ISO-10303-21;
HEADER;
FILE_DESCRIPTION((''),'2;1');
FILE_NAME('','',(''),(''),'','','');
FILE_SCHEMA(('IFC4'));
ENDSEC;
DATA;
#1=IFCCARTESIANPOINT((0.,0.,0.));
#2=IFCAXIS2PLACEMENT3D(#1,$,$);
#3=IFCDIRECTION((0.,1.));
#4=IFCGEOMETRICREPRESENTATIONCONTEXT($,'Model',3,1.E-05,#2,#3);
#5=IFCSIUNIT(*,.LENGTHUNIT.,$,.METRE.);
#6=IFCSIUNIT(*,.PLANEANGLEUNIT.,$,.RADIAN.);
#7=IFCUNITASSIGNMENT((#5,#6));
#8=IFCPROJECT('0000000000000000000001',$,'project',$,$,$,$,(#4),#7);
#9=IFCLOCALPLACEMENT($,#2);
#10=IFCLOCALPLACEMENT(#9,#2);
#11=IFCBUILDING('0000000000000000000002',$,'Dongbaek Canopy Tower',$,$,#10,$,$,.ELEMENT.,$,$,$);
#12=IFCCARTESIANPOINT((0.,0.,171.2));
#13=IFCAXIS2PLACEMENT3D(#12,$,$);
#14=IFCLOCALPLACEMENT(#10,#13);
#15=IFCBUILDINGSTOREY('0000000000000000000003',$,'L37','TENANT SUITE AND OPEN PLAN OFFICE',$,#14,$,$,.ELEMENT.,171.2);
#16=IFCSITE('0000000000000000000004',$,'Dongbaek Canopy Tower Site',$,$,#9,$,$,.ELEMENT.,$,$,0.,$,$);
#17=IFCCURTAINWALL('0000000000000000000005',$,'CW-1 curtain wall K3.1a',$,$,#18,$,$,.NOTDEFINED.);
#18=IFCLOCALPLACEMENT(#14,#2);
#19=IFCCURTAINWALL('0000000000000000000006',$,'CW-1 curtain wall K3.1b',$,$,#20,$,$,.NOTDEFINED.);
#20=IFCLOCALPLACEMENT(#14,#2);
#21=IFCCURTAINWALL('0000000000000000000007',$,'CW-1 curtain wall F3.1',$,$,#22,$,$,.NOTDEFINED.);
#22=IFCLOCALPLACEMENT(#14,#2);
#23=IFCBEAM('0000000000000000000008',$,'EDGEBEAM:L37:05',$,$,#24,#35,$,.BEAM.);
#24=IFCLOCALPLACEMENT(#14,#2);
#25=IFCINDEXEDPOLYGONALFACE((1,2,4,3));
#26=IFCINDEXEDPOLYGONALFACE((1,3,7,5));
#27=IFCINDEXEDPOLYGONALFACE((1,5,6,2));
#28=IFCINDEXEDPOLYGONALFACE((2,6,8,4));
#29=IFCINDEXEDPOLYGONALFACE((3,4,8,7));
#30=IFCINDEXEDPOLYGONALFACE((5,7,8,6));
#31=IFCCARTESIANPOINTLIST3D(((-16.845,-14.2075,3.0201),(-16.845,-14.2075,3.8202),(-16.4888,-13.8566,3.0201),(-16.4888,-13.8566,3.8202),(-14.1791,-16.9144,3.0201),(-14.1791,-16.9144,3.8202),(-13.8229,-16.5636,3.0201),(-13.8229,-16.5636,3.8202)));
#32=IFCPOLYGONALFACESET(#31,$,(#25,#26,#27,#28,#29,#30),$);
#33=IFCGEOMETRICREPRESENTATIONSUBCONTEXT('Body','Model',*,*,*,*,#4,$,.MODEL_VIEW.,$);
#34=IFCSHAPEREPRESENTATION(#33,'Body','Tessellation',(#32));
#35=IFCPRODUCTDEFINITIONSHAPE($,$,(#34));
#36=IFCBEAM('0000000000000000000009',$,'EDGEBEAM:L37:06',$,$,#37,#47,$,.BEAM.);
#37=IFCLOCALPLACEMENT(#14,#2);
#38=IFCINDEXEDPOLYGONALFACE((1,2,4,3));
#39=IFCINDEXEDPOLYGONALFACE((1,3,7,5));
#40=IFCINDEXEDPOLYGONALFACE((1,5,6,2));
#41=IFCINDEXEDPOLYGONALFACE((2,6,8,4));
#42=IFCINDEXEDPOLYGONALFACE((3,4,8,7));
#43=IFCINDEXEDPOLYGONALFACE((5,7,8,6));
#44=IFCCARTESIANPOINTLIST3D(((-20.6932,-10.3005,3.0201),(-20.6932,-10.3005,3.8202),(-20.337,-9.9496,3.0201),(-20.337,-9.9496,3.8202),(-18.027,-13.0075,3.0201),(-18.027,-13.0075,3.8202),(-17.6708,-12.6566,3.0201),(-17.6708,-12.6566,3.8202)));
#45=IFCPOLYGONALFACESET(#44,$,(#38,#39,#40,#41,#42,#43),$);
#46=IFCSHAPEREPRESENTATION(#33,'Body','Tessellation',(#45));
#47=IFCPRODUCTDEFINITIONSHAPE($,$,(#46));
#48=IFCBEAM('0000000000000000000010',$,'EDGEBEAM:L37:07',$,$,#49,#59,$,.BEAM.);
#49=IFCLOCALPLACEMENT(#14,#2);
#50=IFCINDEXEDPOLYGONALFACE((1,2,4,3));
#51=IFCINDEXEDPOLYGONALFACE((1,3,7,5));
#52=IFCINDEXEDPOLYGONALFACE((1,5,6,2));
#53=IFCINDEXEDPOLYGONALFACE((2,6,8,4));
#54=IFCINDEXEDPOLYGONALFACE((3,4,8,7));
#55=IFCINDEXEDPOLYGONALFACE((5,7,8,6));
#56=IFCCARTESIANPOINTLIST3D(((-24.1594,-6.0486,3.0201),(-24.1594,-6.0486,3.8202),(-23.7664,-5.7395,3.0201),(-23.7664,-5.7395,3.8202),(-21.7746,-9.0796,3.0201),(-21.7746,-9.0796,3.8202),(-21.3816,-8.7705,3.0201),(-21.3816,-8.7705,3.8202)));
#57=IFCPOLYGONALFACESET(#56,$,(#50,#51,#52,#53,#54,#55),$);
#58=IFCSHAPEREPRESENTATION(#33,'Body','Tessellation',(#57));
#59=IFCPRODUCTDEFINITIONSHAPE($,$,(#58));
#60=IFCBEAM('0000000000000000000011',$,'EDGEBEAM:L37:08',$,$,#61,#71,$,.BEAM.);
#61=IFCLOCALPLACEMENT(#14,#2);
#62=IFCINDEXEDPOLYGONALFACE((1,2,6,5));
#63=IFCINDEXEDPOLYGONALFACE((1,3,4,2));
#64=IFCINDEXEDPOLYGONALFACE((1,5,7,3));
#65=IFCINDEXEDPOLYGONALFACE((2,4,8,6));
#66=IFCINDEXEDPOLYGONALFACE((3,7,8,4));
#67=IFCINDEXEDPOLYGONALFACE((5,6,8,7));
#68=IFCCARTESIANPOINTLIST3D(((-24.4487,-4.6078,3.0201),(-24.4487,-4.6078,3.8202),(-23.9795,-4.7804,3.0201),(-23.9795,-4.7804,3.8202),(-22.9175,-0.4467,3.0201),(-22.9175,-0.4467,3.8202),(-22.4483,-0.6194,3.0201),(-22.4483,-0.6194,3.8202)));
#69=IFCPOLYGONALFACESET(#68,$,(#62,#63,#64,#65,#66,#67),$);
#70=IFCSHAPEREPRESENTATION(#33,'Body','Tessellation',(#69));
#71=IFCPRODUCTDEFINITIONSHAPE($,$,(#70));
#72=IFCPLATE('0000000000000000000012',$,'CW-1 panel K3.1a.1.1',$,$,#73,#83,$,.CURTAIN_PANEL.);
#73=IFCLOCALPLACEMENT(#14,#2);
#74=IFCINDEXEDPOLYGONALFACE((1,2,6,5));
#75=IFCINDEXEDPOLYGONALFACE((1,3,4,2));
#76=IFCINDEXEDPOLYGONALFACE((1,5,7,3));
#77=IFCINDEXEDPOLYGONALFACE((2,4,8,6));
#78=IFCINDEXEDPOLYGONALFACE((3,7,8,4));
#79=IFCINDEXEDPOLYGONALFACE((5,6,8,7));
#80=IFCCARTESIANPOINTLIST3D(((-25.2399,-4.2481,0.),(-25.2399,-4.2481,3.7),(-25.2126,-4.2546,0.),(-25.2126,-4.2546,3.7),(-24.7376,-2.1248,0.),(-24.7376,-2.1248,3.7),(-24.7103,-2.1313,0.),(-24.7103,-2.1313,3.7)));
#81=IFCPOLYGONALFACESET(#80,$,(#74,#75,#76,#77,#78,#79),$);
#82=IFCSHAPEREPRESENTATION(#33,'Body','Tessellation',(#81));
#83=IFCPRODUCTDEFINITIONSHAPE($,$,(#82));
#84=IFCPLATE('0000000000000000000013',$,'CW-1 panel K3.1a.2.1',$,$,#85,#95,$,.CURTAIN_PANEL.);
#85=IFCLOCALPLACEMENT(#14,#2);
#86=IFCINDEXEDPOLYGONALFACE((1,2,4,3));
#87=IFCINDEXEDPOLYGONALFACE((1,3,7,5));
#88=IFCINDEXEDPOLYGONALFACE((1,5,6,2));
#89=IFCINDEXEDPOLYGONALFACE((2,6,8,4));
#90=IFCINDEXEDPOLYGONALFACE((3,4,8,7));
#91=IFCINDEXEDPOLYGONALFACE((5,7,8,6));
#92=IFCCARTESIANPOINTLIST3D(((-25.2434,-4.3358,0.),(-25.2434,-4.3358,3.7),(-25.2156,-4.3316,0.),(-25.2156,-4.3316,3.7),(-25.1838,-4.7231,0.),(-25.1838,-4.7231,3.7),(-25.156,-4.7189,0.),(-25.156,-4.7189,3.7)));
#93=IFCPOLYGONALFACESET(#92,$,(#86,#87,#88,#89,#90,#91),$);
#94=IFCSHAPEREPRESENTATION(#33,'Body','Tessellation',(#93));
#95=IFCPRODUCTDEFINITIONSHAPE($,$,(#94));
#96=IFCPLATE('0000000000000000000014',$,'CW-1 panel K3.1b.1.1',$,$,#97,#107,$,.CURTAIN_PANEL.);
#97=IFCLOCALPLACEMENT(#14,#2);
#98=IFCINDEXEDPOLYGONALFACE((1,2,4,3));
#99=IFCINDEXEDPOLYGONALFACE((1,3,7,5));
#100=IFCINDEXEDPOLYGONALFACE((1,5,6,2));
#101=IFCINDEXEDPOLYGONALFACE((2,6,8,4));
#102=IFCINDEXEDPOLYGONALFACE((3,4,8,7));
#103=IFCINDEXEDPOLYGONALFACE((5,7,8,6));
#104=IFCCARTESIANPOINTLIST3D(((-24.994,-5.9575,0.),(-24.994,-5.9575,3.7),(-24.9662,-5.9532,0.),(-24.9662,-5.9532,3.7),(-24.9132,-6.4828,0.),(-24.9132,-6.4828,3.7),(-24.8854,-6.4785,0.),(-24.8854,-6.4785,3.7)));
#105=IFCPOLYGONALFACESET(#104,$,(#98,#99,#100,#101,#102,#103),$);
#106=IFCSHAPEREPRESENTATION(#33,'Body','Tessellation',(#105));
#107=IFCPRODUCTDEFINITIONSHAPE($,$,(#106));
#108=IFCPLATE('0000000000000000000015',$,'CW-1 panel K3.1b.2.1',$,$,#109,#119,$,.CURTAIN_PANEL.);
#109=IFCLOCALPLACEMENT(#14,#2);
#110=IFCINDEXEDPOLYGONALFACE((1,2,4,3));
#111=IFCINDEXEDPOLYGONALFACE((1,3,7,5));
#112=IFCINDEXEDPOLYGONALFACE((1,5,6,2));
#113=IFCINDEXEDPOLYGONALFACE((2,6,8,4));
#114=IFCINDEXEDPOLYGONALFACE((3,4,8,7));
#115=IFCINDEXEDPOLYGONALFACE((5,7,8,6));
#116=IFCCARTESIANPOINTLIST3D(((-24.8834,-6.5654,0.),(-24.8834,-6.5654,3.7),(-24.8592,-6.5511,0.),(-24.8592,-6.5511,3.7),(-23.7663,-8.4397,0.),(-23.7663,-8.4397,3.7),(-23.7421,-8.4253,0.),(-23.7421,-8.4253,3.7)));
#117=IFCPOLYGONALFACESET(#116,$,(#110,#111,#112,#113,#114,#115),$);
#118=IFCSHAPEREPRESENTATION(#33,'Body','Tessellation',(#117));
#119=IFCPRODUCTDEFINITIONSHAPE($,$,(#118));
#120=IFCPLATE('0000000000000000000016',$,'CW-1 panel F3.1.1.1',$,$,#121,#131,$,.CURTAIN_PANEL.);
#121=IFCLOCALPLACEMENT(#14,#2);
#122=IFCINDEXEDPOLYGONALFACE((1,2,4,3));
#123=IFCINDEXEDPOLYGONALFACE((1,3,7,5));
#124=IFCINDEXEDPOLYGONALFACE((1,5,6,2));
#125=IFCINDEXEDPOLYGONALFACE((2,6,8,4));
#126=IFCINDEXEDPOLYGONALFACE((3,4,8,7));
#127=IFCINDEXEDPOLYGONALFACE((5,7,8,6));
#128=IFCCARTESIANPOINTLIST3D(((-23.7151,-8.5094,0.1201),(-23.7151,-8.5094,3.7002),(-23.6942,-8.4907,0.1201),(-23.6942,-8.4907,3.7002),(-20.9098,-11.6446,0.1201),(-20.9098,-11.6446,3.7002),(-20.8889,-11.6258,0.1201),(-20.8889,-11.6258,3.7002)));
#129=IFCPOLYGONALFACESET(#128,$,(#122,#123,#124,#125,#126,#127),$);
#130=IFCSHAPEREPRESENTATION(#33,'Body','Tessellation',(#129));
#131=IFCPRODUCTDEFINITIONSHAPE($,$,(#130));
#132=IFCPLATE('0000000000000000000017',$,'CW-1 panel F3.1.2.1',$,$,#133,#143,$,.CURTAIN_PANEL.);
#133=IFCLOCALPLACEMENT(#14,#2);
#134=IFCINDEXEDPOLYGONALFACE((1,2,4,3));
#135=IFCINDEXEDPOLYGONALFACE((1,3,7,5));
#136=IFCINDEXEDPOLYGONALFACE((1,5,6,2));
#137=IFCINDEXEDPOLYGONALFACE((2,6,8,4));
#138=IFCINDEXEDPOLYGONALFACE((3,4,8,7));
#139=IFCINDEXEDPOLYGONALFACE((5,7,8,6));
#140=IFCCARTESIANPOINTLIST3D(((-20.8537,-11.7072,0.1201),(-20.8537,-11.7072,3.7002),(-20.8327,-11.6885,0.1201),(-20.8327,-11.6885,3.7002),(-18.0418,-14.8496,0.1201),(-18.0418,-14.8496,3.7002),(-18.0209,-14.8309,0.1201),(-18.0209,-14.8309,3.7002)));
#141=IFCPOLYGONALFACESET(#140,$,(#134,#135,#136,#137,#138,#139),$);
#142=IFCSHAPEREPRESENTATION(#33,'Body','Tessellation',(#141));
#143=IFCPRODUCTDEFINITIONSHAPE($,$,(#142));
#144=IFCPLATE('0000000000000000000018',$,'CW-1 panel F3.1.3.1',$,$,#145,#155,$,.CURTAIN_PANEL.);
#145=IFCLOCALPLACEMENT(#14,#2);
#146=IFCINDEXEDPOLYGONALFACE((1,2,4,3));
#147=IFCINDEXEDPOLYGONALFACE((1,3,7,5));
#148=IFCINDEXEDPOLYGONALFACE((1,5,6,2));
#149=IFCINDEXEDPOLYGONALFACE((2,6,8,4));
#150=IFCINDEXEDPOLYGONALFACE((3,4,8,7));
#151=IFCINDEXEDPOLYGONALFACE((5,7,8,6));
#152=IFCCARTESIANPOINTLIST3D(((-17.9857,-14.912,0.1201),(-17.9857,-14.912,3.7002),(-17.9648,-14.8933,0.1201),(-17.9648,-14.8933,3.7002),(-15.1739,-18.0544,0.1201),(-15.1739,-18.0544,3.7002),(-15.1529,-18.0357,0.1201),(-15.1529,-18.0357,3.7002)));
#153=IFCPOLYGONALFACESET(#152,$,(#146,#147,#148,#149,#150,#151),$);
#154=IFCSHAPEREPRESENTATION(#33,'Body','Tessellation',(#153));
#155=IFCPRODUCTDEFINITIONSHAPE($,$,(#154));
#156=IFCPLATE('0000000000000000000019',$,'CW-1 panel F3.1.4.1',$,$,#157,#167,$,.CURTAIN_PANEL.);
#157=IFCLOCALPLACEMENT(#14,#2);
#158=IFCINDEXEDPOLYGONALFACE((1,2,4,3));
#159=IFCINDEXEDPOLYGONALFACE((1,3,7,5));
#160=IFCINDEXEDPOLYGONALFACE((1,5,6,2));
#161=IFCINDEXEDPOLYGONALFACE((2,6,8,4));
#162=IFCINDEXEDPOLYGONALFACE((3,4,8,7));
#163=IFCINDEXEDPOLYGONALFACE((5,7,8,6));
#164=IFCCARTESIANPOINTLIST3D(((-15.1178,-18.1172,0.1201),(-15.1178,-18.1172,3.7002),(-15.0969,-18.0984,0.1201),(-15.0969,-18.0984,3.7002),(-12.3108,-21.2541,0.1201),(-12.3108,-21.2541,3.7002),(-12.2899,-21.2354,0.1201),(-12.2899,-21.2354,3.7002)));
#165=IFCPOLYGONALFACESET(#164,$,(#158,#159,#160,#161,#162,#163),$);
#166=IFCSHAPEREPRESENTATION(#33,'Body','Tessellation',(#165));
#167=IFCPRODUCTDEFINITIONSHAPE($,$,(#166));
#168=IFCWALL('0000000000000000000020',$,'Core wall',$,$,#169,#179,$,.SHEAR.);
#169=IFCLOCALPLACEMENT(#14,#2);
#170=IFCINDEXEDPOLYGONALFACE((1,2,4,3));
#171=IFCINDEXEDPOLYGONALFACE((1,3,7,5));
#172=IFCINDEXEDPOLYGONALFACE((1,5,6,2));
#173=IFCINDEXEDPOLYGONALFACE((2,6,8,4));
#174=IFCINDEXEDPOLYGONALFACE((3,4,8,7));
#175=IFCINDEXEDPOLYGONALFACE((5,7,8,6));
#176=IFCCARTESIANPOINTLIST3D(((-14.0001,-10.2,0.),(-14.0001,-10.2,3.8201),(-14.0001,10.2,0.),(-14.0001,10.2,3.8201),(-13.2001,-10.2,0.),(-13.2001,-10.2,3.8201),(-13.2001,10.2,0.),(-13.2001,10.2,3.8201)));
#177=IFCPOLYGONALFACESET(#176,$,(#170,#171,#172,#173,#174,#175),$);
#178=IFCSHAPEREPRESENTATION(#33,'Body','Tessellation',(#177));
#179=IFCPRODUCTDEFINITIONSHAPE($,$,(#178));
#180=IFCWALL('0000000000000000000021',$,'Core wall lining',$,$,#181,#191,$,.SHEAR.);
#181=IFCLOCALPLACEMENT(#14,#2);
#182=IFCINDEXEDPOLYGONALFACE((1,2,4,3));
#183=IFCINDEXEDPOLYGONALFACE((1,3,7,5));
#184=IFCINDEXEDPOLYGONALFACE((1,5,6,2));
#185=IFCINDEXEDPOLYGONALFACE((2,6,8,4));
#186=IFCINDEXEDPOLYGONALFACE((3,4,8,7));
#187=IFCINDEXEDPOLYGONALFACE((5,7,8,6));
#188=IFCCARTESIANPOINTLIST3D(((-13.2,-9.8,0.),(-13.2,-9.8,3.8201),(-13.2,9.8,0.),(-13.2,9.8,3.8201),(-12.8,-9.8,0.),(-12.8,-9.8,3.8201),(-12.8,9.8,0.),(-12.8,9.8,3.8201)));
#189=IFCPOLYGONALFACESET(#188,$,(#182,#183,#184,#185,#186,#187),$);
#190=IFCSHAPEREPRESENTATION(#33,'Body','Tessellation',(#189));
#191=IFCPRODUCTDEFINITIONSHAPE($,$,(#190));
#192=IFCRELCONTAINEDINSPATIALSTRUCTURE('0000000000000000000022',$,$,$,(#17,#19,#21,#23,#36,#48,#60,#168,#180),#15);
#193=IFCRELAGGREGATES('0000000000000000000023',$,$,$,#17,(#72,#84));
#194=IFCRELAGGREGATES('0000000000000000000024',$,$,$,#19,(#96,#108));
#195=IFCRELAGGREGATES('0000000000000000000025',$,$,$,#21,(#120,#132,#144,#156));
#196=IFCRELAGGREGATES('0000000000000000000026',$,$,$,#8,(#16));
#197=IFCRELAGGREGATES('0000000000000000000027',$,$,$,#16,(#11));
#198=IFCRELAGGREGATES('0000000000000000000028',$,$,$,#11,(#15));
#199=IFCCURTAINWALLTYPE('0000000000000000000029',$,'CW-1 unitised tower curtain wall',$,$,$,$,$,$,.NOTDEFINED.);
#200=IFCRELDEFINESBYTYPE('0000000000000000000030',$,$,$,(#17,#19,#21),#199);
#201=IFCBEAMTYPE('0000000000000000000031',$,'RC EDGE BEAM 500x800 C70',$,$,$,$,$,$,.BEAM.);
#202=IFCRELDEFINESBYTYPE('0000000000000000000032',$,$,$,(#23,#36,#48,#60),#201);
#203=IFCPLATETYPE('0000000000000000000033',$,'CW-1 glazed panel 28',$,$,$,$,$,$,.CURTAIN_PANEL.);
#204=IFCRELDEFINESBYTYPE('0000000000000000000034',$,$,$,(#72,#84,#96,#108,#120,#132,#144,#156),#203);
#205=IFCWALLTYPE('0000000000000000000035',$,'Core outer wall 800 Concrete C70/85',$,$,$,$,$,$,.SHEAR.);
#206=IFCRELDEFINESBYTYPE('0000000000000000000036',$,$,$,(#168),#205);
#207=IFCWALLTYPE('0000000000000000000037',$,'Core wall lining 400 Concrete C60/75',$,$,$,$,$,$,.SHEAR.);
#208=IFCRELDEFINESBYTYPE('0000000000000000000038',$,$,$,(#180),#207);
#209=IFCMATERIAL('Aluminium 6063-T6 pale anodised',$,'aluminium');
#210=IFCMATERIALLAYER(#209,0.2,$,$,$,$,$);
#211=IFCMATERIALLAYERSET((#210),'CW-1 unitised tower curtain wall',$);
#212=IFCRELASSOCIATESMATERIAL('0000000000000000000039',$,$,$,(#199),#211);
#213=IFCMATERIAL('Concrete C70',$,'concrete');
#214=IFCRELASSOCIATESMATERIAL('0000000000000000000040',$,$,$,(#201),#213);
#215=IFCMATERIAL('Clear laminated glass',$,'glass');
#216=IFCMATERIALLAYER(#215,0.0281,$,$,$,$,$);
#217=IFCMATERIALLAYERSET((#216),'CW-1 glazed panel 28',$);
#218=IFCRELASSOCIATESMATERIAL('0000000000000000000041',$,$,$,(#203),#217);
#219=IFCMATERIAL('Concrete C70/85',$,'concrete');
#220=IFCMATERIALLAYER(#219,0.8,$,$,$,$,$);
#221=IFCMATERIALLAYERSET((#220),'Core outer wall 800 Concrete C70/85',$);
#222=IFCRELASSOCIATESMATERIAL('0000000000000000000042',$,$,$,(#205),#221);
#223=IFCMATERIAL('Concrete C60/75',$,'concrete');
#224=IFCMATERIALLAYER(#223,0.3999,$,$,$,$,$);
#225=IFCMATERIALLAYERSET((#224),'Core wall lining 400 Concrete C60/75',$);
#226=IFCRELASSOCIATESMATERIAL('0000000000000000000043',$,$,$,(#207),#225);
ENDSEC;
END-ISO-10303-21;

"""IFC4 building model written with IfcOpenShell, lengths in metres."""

from ifc_helpers import new_model, si_unit, direction, frame, frame_2d, origin, origin_2d, place, context, subcontext, project, spatial, rectangle, extrude, material, layer, layer_set, material_profile, profile_set, type_object, element, aggregate, save


model = new_model("IFC4")

# Units and contexts
model_context = context("Model", 3, precision=1e-05, world=origin(), true_north=direction((0.0, 1.0)))
body_context = subcontext(model_context, "Body", "Model", "MODEL_VIEW")
ifc_project = project(units=[si_unit("LENGTHUNIT", "METRE"), si_unit("PLANEANGLEUNIT", "RADIAN")], contexts=[model_context])

# Site, building, storey
site_placement = place(None, origin())
site = spatial("IfcSite", under=ifc_project, at=site_placement, Name="Dongbaek Canopy Tower Site", CompositionType="ELEMENT", RefElevation=0.0)
building_placement = place(site_placement, origin())
building = spatial("IfcBuilding", under=site, at=building_placement, Name="Dongbaek Canopy Tower", CompositionType="ELEMENT")
storey_placement = place(building_placement, frame((0.0, 0.0, 171.2)))
storey = spatial("IfcBuildingStorey", under=building, at=storey_placement, Name="L37", Description="TENANT SUITE AND OPEN PLAN OFFICE", CompositionType="ELEMENT", Elevation=171.2)

# Shared definitions
ifc_material_1 = material(Name="Aluminium 6063-T6 pale anodised", Category="aluminium")
ifc_layer_1 = layer(ifc_material_1, 0.2)
ifc_layer_set_1 = layer_set([ifc_layer_1], Name="CW-1 unitised tower curtain wall")
curtain_wall_type = type_object("IfcCurtainWallType", Name="CW-1 unitised tower curtain wall", PredefinedType="NOTDEFINED", material=ifc_layer_set_1)

# Curtain walls
curtain_wall_1_placement = place(storey_placement, origin())
curtain_wall_1 = element("IfcCurtainWall", 1, at=curtain_wall_1_placement, inside=storey, type_object=curtain_wall_type, Name="CW-1 curtain wall K3.1a", PredefinedType="NOTDEFINED")
curtain_wall_2_placement = place(storey_placement, origin())
curtain_wall_2 = element("IfcCurtainWall", 2, at=curtain_wall_2_placement, inside=storey, type_object=curtain_wall_type, Name="CW-1 curtain wall K3.1b", PredefinedType="NOTDEFINED")
curtain_wall_3_placement = place(storey_placement, origin())
curtain_wall_3 = element("IfcCurtainWall", 3, at=curtain_wall_3_placement, inside=storey, type_object=curtain_wall_type, Name="CW-1 curtain wall F3.1", PredefinedType="NOTDEFINED")

# Beams
ifc_material_2 = material(Name="Concrete C70", Category="concrete")
ifc_material_profile_1 = material_profile(ifc_material_2, rectangle(XDim=0.5, YDim=0.8, at=origin_2d()), Name="RC EDGE BEAM 500x800 C70")
ifc_profile_set_1 = profile_set([ifc_material_profile_1], Name="Concrete C70")
beam_type = type_object("IfcBeamType", Name="RC EDGE BEAM 500x800 C70", PredefinedType="BEAM", material=ifc_profile_set_1)
beam_1_placement = place(storey_placement, frame((-14.001, -16.739, 3.4202), z_axis=(-0.701689, 0.712484, 0.0), x_axis=(-0.712484, -0.701689, 0.0)))
element("IfcBeam", 4, at=beam_1_placement, inside=storey, type_object=beam_type, Name="EDGEBEAM:L37:05", PredefinedType="BEAM", context=body_context, shape_type="SweptSolid", body=[
    extrude(rectangle(XDim=0.5, YDim=0.8, at=origin_2d()), origin(), (0.0, 0.0, 1.0), 3.7993),
])
beam_2_placement = place(storey_placement, frame((-17.8489, -12.832, 3.4202), z_axis=(-0.701721, 0.712452, 0.0), x_axis=(-0.712452, -0.701721, 0.0)))
element("IfcBeam", 5, at=beam_2_placement, inside=storey, type_object=beam_type, Name="EDGEBEAM:L37:06", PredefinedType="BEAM", context=body_context, shape_type="SweptSolid", body=[
    extrude(rectangle(XDim=0.5, YDim=0.8, at=origin_2d()), origin(), (0.0, 0.0, 1.0), 3.7996),
])
beam_3_placement = place(storey_placement, frame((-21.5781, -8.925, 3.4202), z_axis=(-0.618344, 0.785907, 0.0), x_axis=(-0.785907, -0.618344, 0.0)))
element("IfcBeam", 6, at=beam_3_placement, inside=storey, type_object=beam_type, Name="EDGEBEAM:L37:07", PredefinedType="BEAM", context=body_context, shape_type="SweptSolid", body=[
    extrude(rectangle(XDim=0.5, YDim=0.8, at=origin_2d()), origin(), (0.0, 0.0, 1.0), 3.8567),
])
beam_4_placement = place(storey_placement, frame((-24.2141, -4.6941, 3.4202), z_axis=(0.345348, 0.938475, 0.0), x_axis=(-0.938475, 0.345348, 0.0)))
element("IfcBeam", 7, at=beam_4_placement, inside=storey, type_object=beam_type, Name="EDGEBEAM:L37:08", PredefinedType="BEAM", context=body_context, shape_type="SweptSolid", body=[
    extrude(rectangle(XDim=0.5, YDim=0.8, at=origin_2d()), origin(), (0.0, 0.0, 1.0), 4.4338),
])

# Plates
ifc_material_3 = material(Name="Clear laminated glass", Category="glass")
ifc_layer_2 = layer(ifc_material_3, 0.0281)
ifc_layer_set_2 = layer_set([ifc_layer_2], Name="CW-1 glazed panel 28")
plate_type = type_object("IfcPlateType", Name="CW-1 glazed panel 28", PredefinedType="CURTAIN_PANEL", material=ifc_layer_set_2)
plate_1_placement = place(storey_placement, frame((-24.9751, -3.1897, 0.0), z_axis=(0.0, 0.0, 1.0), x_axis=(-0.230206, -0.973142, 0.0)))
plate_1 = element("IfcPlate", 8, at=plate_1_placement, type_object=plate_type, Name="CW-1 panel K3.1a.1.1", PredefinedType="CURTAIN_PANEL", context=body_context, shape_type="SweptSolid", body=[
    extrude(rectangle(XDim=2.1819, YDim=0.0281, at=origin_2d()), origin(), (0.0, 0.0, 1.0), 3.7),
])
plate_2_placement = place(storey_placement, frame((-25.1997, -4.5273, 0.0), z_axis=(0.0, 0.0, 1.0), x_axis=(0.152013, -0.988378, 0.0)))
plate_2 = element("IfcPlate", 9, at=plate_2_placement, type_object=plate_type, Name="CW-1 panel K3.1a.2.1", PredefinedType="CURTAIN_PANEL", context=body_context, shape_type="SweptSolid", body=[
    extrude(rectangle(XDim=0.3918, YDim=0.0281, at=origin_2d()), origin(), (0.0, 0.0, 1.0), 3.7),
])
plate_3_placement = place(storey_placement, frame((-24.9397, -6.218, 0.0), z_axis=(0.0, 0.0, 1.0), x_axis=(0.152013, -0.988378, 0.0)))
plate_3 = element("IfcPlate", 10, at=plate_3_placement, type_object=plate_type, Name="CW-1 panel K3.1b.1.1", PredefinedType="CURTAIN_PANEL", context=body_context, shape_type="SweptSolid", body=[
    extrude(rectangle(XDim=0.5315, YDim=0.0281, at=origin_2d()), origin(), (0.0, 0.0, 1.0), 3.7),
])
plate_4_placement = place(storey_placement, frame((-24.3127, -7.4954, 0.0), z_axis=(0.0, 0.0, 1.0), x_axis=(0.511989, -0.858992, 0.0)))
plate_4 = element("IfcPlate", 11, at=plate_4_placement, type_object=plate_type, Name="CW-1 panel K3.1b.2.1", PredefinedType="CURTAIN_PANEL", context=body_context, shape_type="SweptSolid", body=[
    extrude(rectangle(XDim=2.1819, YDim=0.0281, at=origin_2d()), origin(), (0.0, 0.0, 1.0), 3.7),
])
plate_5_placement = place(storey_placement, frame((-22.302, -10.0676, 0.1201), z_axis=(0.0, 0.0, 1.0), x_axis=(0.666829, -0.745211, 0.0)))
plate_5 = element("IfcPlate", 12, at=plate_5_placement, type_object=plate_type, Name="CW-1 panel F3.1.1.1", PredefinedType="CURTAIN_PANEL", context=body_context, shape_type="SweptSolid", body=[
    extrude(rectangle(XDim=4.207, YDim=0.0281, at=origin_2d()), origin(), (0.0, 0.0, 1.0), 3.5801),
])
plate_6_placement = place(storey_placement, frame((-19.4373, -13.269, 0.1201), z_axis=(0.0, 0.0, 1.0), x_axis=(0.666829, -0.745211, 0.0)))
plate_6 = element("IfcPlate", 13, at=plate_6_placement, type_object=plate_type, Name="CW-1 panel F3.1.2.1", PredefinedType="CURTAIN_PANEL", context=body_context, shape_type="SweptSolid", body=[
    extrude(rectangle(XDim=4.2168, YDim=0.0281, at=origin_2d()), origin(), (0.0, 0.0, 1.0), 3.5801),
])
plate_7_placement = place(storey_placement, frame((-16.5693, -16.4739, 0.1201), z_axis=(0.0, 0.0, 1.0), x_axis=(0.666829, -0.745211, 0.0)))
plate_7 = element("IfcPlate", 14, at=plate_7_placement, type_object=plate_type, Name="CW-1 panel F3.1.3.1", PredefinedType="CURTAIN_PANEL", context=body_context, shape_type="SweptSolid", body=[
    extrude(rectangle(XDim=4.2168, YDim=0.0281, at=origin_2d()), origin(), (0.0, 0.0, 1.0), 3.5801),
])
plate_8_placement = place(storey_placement, frame((-13.7039, -19.6763, 0.1201), z_axis=(0.0, 0.0, 1.0), x_axis=(0.666829, -0.745211, 0.0)))
plate_8 = element("IfcPlate", 15, at=plate_8_placement, type_object=plate_type, Name="CW-1 panel F3.1.4.1", PredefinedType="CURTAIN_PANEL", context=body_context, shape_type="SweptSolid", body=[
    extrude(rectangle(XDim=4.2095, YDim=0.0281, at=origin_2d()), origin(), (0.0, 0.0, 1.0), 3.5801),
])

# Walls
ifc_material_4 = material(Name="Concrete C70/85", Category="concrete")
ifc_layer_3 = layer(ifc_material_4, 0.8)
ifc_layer_set_3 = layer_set([ifc_layer_3], Name="Core outer wall 800 Concrete C70/85")
wall_type_1 = type_object("IfcWallType", Name="Core outer wall 800 Concrete C70/85", PredefinedType="SHEAR", material=ifc_layer_set_3)
wall_1_placement = place(storey_placement, frame((-13.6001, -10.2, 0.0), z_axis=(0.0, 0.0, 1.0), x_axis=(0.0, 1.0, 0.0)))
element("IfcWall", 16, at=wall_1_placement, inside=storey, type_object=wall_type_1, Name="Core wall", PredefinedType="SHEAR", context=body_context, shape_type="SweptSolid", body=[
    extrude(rectangle(XDim=20.3999, YDim=0.8, at=frame_2d((10.2, 0.0))), origin(), (0.0, 0.0, 1.0), 3.8201),
])
ifc_material_5 = material(Name="Concrete C60/75", Category="concrete")
ifc_layer_4 = layer(ifc_material_5, 0.3999)
ifc_layer_set_4 = layer_set([ifc_layer_4], Name="Core wall lining 400 Concrete C60/75")
wall_type_2 = type_object("IfcWallType", Name="Core wall lining 400 Concrete C60/75", PredefinedType="SHEAR", material=ifc_layer_set_4)
wall_2_placement = place(storey_placement, frame((-13.0, -9.8, 0.0), z_axis=(0.0, 0.0, 1.0), x_axis=(0.0, 1.0, 0.0)))
element("IfcWall", 17, at=wall_2_placement, inside=storey, type_object=wall_type_2, Name="Core wall lining", PredefinedType="SHEAR", context=body_context, shape_type="SweptSolid", body=[
    extrude(rectangle(XDim=19.6001, YDim=0.3999, at=frame_2d((9.8, 0.0))), origin(), (0.0, 0.0, 1.0), 3.8201),
])

aggregate(curtain_wall_1, [plate_1, plate_2])
aggregate(curtain_wall_2, [plate_3, plate_4])
aggregate(curtain_wall_3, [plate_5, plate_6, plate_7, plate_8])

save(model, "model.ifc")
